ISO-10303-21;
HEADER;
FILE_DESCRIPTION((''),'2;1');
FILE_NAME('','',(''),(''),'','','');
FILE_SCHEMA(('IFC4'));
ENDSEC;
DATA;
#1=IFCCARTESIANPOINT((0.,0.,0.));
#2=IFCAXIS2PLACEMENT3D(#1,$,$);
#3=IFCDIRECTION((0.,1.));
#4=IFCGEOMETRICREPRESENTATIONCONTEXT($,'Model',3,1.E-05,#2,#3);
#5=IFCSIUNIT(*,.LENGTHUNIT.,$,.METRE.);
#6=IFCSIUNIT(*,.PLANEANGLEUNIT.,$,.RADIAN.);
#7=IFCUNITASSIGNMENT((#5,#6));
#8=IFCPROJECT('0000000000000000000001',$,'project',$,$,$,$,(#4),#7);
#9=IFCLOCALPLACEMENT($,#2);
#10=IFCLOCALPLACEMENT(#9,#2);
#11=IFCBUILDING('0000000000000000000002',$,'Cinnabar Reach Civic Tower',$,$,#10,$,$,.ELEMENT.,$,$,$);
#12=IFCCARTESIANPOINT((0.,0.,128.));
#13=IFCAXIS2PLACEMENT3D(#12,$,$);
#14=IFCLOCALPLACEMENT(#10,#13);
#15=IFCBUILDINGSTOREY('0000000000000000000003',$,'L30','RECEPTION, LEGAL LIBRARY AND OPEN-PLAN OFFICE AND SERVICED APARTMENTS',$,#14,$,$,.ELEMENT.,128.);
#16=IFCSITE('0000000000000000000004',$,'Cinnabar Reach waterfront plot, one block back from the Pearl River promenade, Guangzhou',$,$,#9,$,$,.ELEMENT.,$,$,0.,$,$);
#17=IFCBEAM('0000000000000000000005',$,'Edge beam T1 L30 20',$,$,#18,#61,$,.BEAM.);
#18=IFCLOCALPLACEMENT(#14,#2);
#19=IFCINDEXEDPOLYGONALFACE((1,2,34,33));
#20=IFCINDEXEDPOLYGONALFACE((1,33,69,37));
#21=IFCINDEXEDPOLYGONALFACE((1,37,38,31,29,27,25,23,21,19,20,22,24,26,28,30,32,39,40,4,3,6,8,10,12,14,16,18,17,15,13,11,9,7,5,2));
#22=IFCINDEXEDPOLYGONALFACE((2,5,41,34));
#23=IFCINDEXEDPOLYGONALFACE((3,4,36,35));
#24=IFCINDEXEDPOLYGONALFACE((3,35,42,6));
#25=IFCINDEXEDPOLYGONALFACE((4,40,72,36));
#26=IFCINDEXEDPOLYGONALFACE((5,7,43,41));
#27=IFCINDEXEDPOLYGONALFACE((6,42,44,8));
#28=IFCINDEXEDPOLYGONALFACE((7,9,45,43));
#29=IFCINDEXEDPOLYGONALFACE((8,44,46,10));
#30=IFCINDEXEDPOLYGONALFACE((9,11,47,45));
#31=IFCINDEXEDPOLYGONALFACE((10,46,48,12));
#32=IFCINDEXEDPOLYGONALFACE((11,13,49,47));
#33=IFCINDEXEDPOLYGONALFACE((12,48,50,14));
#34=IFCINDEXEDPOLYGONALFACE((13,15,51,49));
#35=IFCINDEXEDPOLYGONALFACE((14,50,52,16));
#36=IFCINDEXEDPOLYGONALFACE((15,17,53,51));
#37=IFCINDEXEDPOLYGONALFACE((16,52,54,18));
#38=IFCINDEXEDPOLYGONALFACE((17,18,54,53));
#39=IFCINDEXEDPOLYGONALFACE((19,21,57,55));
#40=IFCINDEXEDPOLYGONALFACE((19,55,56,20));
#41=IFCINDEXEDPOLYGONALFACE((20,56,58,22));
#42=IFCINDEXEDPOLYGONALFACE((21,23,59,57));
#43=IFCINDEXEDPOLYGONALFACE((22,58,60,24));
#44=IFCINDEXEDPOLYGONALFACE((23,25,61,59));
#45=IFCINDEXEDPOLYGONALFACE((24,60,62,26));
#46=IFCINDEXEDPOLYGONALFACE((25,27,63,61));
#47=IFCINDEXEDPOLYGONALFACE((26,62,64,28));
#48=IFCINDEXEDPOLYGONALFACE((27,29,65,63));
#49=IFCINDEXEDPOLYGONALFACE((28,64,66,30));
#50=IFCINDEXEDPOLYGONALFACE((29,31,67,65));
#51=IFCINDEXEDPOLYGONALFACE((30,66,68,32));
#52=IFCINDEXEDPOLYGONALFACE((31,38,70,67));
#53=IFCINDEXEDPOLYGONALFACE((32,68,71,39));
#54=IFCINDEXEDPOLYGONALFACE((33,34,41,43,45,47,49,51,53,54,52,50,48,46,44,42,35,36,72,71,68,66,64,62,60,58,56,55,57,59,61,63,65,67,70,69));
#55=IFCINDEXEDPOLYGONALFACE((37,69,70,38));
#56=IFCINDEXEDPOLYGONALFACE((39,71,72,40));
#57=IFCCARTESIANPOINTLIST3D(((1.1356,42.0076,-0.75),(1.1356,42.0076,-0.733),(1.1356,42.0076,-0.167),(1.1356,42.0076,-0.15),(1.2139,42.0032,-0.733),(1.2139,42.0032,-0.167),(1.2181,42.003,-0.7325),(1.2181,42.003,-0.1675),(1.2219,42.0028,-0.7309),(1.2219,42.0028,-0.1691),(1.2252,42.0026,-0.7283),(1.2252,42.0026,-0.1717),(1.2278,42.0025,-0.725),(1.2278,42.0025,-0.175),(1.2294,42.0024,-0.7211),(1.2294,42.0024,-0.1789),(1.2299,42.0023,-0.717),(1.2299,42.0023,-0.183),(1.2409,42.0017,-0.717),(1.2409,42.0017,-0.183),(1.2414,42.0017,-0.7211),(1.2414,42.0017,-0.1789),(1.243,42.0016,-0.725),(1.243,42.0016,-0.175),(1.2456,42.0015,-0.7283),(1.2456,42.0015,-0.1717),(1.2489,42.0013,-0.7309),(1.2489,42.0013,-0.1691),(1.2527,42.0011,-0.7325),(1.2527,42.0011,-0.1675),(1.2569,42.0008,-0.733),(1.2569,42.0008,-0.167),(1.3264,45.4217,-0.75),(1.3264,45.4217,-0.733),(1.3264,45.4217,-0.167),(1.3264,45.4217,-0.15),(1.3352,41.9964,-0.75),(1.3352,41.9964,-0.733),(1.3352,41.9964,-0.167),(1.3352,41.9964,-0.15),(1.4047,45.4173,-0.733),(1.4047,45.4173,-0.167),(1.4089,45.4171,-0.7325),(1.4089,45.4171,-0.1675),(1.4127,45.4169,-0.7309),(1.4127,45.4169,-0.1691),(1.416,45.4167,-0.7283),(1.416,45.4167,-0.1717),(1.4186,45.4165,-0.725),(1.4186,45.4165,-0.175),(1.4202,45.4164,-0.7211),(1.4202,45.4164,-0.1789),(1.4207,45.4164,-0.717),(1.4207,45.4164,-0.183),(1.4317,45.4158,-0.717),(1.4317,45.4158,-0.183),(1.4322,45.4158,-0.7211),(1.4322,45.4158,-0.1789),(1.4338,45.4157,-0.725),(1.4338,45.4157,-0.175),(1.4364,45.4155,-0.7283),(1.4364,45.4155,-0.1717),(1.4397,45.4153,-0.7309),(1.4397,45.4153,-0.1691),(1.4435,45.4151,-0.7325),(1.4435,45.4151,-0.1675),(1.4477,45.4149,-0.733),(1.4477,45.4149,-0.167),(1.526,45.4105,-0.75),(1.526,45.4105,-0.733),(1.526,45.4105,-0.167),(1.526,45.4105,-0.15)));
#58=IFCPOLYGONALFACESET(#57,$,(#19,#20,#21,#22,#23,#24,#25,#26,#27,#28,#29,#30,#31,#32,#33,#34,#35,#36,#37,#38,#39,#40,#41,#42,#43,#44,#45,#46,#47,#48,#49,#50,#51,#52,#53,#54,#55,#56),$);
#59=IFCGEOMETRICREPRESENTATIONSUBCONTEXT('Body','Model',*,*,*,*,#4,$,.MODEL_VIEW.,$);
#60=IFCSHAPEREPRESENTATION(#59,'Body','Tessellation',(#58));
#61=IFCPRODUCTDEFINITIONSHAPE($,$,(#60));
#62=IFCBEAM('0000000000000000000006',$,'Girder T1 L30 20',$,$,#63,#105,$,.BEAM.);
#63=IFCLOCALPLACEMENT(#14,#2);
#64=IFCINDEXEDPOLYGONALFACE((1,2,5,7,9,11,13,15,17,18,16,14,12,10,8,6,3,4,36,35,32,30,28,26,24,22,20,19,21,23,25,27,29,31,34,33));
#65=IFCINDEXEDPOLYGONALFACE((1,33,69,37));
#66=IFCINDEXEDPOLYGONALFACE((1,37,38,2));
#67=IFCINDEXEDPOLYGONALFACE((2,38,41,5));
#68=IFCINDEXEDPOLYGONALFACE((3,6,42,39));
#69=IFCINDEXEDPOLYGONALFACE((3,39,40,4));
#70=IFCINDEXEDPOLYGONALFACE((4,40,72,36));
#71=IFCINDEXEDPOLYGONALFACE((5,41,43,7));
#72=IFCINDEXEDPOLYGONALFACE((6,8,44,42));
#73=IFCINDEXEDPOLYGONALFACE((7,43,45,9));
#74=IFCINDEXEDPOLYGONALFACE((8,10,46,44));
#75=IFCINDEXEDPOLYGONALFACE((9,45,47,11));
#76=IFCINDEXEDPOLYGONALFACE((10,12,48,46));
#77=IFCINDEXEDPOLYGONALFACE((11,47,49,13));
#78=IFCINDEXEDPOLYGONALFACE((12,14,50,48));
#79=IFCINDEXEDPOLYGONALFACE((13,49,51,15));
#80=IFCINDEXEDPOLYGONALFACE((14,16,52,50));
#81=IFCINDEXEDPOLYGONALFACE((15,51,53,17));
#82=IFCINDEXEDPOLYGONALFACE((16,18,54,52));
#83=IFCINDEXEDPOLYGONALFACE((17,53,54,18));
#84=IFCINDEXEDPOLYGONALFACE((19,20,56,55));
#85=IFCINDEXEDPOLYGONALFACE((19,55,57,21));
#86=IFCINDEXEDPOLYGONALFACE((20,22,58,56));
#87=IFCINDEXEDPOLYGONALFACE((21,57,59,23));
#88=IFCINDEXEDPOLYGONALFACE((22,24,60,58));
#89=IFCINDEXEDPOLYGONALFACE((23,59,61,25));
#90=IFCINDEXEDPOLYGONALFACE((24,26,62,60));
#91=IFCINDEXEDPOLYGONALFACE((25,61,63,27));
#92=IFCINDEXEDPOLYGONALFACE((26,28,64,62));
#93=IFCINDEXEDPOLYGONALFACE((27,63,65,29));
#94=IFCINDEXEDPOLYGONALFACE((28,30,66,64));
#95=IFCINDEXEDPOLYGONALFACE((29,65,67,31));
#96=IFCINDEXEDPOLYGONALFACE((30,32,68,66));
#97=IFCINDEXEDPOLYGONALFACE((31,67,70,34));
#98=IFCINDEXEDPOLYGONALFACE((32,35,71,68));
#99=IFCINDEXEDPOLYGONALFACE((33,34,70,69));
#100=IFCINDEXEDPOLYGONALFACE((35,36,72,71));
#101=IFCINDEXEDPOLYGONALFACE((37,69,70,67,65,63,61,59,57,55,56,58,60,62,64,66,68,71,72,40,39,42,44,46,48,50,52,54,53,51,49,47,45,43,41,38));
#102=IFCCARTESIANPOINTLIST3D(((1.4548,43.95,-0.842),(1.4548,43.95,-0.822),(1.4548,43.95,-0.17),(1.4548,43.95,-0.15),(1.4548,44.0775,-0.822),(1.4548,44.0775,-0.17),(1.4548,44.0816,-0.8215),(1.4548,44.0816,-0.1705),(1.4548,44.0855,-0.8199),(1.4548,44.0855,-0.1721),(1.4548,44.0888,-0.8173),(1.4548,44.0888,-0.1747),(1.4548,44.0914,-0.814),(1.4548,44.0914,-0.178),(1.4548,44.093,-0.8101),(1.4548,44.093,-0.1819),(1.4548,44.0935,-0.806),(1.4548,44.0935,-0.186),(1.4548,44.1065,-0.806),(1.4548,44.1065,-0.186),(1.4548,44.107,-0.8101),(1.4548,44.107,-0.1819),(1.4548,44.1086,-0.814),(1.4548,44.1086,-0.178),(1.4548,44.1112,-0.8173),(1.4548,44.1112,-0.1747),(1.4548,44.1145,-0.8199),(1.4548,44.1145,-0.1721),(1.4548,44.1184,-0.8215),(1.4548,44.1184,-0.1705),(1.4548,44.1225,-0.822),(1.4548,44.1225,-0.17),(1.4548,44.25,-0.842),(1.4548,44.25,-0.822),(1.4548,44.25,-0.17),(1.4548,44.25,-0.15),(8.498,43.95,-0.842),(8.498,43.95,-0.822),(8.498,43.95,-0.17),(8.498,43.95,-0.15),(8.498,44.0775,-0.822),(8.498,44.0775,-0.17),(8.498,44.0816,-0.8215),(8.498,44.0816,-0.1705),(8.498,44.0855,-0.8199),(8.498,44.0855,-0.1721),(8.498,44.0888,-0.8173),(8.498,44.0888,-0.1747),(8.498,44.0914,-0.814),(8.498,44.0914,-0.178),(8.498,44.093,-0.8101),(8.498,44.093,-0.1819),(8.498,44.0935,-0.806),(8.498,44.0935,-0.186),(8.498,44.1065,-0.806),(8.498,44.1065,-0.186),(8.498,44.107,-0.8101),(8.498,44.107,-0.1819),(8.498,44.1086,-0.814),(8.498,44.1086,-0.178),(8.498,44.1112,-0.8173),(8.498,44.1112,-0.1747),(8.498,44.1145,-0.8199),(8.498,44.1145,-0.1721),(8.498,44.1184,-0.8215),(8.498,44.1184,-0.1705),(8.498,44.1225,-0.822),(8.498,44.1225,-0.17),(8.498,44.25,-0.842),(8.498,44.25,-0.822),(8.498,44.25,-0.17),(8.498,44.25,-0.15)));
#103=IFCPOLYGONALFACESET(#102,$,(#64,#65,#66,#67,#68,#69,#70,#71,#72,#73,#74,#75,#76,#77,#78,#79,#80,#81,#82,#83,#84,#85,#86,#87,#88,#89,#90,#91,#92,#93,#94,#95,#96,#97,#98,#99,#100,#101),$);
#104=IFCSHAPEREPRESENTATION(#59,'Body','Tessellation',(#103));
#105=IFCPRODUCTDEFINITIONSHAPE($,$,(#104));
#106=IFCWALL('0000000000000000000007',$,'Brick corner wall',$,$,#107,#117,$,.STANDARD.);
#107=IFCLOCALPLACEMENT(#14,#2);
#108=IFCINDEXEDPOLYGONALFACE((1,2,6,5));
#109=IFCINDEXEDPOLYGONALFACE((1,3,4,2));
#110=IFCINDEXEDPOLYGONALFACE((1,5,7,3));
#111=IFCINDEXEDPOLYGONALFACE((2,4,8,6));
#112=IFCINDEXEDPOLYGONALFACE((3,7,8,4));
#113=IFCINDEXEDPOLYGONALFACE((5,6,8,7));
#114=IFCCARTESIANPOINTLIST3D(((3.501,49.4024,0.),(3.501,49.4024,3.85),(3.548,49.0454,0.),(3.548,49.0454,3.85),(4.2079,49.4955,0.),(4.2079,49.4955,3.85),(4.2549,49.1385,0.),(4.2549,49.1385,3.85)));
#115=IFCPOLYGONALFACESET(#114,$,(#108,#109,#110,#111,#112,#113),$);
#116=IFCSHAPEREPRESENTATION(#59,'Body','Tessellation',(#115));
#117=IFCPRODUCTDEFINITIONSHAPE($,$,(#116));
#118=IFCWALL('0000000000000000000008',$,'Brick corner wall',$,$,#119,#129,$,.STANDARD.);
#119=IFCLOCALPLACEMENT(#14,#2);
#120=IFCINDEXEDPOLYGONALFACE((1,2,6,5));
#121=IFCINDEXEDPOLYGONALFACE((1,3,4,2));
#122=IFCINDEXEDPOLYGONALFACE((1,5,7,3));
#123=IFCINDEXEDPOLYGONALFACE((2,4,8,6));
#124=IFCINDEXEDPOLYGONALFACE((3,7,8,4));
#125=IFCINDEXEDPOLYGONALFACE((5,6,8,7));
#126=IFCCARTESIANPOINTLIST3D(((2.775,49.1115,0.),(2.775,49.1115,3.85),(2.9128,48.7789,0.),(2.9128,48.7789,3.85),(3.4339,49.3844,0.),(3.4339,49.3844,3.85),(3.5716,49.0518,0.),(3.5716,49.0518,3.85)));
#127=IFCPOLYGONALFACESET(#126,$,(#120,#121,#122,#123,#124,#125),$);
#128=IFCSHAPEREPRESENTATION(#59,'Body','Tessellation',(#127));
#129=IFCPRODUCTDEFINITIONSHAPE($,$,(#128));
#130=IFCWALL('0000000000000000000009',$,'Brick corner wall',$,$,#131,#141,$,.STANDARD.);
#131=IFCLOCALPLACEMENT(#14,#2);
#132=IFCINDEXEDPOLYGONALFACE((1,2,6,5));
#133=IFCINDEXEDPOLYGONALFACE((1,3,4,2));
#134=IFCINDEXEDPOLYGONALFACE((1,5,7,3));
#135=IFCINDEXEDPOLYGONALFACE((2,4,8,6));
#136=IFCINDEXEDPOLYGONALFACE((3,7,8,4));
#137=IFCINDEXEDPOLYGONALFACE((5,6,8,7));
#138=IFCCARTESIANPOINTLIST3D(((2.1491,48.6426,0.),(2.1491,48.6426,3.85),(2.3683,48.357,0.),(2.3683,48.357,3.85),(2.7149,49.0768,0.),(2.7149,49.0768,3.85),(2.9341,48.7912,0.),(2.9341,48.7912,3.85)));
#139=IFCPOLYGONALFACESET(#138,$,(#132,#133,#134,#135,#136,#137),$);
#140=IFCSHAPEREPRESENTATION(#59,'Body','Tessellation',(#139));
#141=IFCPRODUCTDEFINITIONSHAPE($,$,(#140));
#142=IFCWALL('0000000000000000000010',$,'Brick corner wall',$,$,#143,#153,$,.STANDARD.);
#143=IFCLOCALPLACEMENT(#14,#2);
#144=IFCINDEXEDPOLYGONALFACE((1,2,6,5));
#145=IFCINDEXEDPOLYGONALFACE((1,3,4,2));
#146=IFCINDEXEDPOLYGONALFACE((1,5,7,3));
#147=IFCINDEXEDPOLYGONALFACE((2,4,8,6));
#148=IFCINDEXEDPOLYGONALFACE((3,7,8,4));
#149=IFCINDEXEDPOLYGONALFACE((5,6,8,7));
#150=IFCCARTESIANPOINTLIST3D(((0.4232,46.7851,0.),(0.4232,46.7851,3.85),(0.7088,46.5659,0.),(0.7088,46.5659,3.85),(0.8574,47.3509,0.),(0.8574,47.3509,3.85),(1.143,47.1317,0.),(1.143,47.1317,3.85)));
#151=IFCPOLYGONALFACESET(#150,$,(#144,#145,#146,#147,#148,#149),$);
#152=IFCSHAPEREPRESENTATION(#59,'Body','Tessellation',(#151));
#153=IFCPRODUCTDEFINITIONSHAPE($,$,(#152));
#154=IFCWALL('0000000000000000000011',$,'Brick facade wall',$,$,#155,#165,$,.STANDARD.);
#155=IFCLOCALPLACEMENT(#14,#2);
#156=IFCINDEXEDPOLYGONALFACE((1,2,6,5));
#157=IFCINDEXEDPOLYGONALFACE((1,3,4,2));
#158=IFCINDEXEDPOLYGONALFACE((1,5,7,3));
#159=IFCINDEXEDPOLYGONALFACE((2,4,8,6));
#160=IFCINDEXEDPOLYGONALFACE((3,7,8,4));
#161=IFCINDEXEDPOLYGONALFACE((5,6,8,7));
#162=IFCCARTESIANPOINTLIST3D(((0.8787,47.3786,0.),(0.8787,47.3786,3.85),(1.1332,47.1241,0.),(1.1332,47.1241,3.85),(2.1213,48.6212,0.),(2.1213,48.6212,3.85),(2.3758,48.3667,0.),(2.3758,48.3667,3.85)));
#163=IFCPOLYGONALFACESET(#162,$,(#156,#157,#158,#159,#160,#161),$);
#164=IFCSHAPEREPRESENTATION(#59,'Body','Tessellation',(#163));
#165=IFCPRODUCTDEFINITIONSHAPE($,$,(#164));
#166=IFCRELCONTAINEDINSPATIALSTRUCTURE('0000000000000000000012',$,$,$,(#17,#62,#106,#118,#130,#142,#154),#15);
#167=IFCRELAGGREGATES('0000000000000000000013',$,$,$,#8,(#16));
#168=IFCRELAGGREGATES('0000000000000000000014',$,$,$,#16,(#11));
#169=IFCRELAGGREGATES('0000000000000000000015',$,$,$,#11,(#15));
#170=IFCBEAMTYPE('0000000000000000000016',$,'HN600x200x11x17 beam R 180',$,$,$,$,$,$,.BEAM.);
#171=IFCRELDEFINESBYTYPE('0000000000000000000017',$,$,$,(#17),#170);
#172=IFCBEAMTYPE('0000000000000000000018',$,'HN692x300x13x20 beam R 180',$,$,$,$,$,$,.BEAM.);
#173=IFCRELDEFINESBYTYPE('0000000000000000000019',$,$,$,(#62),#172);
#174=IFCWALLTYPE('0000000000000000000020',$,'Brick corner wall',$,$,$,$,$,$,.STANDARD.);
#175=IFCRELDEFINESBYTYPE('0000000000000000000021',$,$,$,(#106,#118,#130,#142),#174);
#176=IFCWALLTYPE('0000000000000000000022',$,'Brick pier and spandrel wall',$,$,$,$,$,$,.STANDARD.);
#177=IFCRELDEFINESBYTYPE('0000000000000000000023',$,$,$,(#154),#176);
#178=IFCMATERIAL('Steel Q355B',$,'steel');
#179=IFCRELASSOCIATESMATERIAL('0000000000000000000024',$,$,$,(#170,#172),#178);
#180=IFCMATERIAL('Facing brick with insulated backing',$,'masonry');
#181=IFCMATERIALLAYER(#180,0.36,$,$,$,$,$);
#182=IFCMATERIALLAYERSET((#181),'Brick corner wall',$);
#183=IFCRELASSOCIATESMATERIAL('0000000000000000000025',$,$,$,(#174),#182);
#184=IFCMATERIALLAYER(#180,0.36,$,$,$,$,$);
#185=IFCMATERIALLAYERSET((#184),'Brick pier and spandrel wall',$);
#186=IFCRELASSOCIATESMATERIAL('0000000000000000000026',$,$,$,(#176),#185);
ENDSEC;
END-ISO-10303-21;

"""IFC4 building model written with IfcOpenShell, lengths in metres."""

from ifc_helpers import new_model, si_unit, direction, frame, frame_2d, origin, origin_2d, place, context, subcontext, project, spatial, rectangle, i_section, extrude, material, layer, layer_set, material_profile, profile_set, type_object, element, save


model = new_model("IFC4")

# Units and contexts
model_context = context("Model", 3, precision=1e-05, world=origin(), true_north=direction((0.0, 1.0)))
body_context = subcontext(model_context, "Body", "Model", "MODEL_VIEW")
ifc_project = project(units=[si_unit("LENGTHUNIT", "METRE"), si_unit("PLANEANGLEUNIT", "RADIAN")], contexts=[model_context])

# Site, building, storey
site_placement = place(None, origin())
site = spatial("IfcSite", under=ifc_project, at=site_placement, Name="Cinnabar Reach waterfront plot, one block back from the Pearl River promenade, Guangzhou", CompositionType="ELEMENT", RefElevation=0.0)
building_placement = place(site_placement, origin())
building = spatial("IfcBuilding", under=site, at=building_placement, Name="Cinnabar Reach Civic Tower", CompositionType="ELEMENT")
storey_placement = place(building_placement, frame((0.0, 0.0, 128.0)))
storey = spatial("IfcBuildingStorey", under=building, at=storey_placement, Name="L30", Description="RECEPTION, LEGAL LIBRARY AND OPEN-PLAN OFFICE AND SERVICED APARTMENTS", CompositionType="ELEMENT", Elevation=128.0)

# Beams
ifc_material_1 = material(Name="Steel Q355B", Category="steel")
ifc_material_profile_1 = material_profile(ifc_material_1, i_section(OverallWidth=0.2, OverallDepth=0.6, WebThickness=0.011, FlangeThickness=0.017, FilletRadius=0.016, at=origin_2d()), Name="HN600x200x11x17")
ifc_profile_set_1 = profile_set([ifc_material_profile_1], Name="Steel Q355B")
beam_type_1 = type_object("IfcBeamType", Name="HN600x200x11x17 beam R 180", PredefinedType="BEAM", material=ifc_profile_set_1)
beam_1_placement = place(storey_placement, frame((1.4262, 45.4161, -0.45), z_axis=(-0.055799, -0.998442, 0.0), x_axis=(0.998442, -0.055799, 0.0)))
element("IfcBeam", 1, at=beam_1_placement, inside=storey, type_object=beam_type_1, Name="Edge beam T1 L30 20", PredefinedType="BEAM", context=body_context, shape_type="SweptSolid", body=[
    extrude(i_section(OverallWidth=0.2, OverallDepth=0.6, WebThickness=0.011, FlangeThickness=0.017, FilletRadius=0.016, at=origin_2d()), origin(), (0.0, 0.0, 1.0), 3.4194),
])
ifc_material_profile_2 = material_profile(ifc_material_1, i_section(OverallWidth=0.3, OverallDepth=0.692, WebThickness=0.013, FlangeThickness=0.02, FilletRadius=0.016, at=origin_2d()), Name="HN692x300x13x20")
ifc_profile_set_2 = profile_set([ifc_material_profile_2], Name="Steel Q355B")
beam_type_2 = type_object("IfcBeamType", Name="HN692x300x13x20 beam R 180", PredefinedType="BEAM", material=ifc_profile_set_2)
beam_2_placement = place(storey_placement, frame((1.4548, 44.1, -0.496), z_axis=(1.0, 0.0, 0.0), x_axis=(0.0, 1.0, 0.0)))
element("IfcBeam", 2, at=beam_2_placement, inside=storey, type_object=beam_type_2, Name="Girder T1 L30 20", PredefinedType="BEAM", context=body_context, shape_type="SweptSolid", body=[
    extrude(i_section(OverallWidth=0.3, OverallDepth=0.692, WebThickness=0.013, FlangeThickness=0.02, FilletRadius=0.016, at=origin_2d()), origin(), (0.0, 0.0, 1.0), 7.0432),
])

# Walls
ifc_material_2 = material(Name="Facing brick with insulated backing", Category="masonry")
ifc_layer_1 = layer(ifc_material_2, 0.36)
ifc_layer_set_1 = layer_set([ifc_layer_1], Name="Brick corner wall")
wall_type_1 = type_object("IfcWallType", Name="Brick corner wall", PredefinedType="STANDARD", material=ifc_layer_set_1)
for number, where, z_axis, x_axis, name in (
    (3, (4.2314, 49.317, 0.0), (0.0, 0.0, 1.0), (-0.991441, -0.130556, 0.0), "Brick corner wall"),
    (4, (3.5027, 49.2181, 0.0), (0.0, 0.0, 1.0), (-0.923872, -0.382703, 0.0), "Brick corner wall"),
):
    element("IfcWall", number, at=place(storey_placement, frame(where, z_axis=z_axis, x_axis=x_axis)), inside=storey, type_object=wall_type_1, Name=name, PredefinedType="STANDARD", context=body_context, shape_type="SweptSolid", body=[
        extrude(rectangle(XDim=0.7131, YDim=0.36, at=frame_2d((0.3565, 0.0))), origin(), (0.0, 0.0, 1.0), 3.85),
    ])
for number, where, z_axis, x_axis, name in (
    (5, (2.8245, 48.934, 0.0), (0.0, 0.0, 1.0), (-0.793322, -0.608802, 0.0), "Brick corner wall"),
    (6, (1.0002, 47.2413, 0.0), (0.0, 0.0, 1.0), (-0.608802, -0.793322, 0.0), "Brick corner wall"),
):
    element("IfcWall", number, at=place(storey_placement, frame(where, z_axis=z_axis, x_axis=x_axis)), inside=storey, type_object=wall_type_1, Name=name, PredefinedType="STANDARD", context=body_context, shape_type="SweptSolid", body=[
        extrude(rectangle(XDim=0.7132, YDim=0.36, at=frame_2d((0.3566, 0.0))), origin(), (0.0, 0.0, 1.0), 3.85),
    ])
ifc_layer_2 = layer(ifc_material_2, 0.36)
ifc_layer_set_2 = layer_set([ifc_layer_2], Name="Brick pier and spandrel wall")
wall_type_2 = type_object("IfcWallType", Name="Brick pier and spandrel wall", PredefinedType="STANDARD", material=ifc_layer_set_2)
wall_1_placement = place(storey_placement, frame((2.2486, 48.494, 0.0), z_axis=(0.0, 0.0, 1.0), x_axis=(-0.707107, -0.707107, 0.0)))
element("IfcWall", 7, at=wall_1_placement, inside=storey, type_object=wall_type_2, Name="Brick facade wall", PredefinedType="STANDARD", context=body_context, shape_type="SweptSolid", body=[
    extrude(rectangle(XDim=1.7573, YDim=0.36, at=frame_2d((0.8787, 0.0))), origin(), (0.0, 0.0, 1.0), 3.85),
])

save(model, "model.ifc")
